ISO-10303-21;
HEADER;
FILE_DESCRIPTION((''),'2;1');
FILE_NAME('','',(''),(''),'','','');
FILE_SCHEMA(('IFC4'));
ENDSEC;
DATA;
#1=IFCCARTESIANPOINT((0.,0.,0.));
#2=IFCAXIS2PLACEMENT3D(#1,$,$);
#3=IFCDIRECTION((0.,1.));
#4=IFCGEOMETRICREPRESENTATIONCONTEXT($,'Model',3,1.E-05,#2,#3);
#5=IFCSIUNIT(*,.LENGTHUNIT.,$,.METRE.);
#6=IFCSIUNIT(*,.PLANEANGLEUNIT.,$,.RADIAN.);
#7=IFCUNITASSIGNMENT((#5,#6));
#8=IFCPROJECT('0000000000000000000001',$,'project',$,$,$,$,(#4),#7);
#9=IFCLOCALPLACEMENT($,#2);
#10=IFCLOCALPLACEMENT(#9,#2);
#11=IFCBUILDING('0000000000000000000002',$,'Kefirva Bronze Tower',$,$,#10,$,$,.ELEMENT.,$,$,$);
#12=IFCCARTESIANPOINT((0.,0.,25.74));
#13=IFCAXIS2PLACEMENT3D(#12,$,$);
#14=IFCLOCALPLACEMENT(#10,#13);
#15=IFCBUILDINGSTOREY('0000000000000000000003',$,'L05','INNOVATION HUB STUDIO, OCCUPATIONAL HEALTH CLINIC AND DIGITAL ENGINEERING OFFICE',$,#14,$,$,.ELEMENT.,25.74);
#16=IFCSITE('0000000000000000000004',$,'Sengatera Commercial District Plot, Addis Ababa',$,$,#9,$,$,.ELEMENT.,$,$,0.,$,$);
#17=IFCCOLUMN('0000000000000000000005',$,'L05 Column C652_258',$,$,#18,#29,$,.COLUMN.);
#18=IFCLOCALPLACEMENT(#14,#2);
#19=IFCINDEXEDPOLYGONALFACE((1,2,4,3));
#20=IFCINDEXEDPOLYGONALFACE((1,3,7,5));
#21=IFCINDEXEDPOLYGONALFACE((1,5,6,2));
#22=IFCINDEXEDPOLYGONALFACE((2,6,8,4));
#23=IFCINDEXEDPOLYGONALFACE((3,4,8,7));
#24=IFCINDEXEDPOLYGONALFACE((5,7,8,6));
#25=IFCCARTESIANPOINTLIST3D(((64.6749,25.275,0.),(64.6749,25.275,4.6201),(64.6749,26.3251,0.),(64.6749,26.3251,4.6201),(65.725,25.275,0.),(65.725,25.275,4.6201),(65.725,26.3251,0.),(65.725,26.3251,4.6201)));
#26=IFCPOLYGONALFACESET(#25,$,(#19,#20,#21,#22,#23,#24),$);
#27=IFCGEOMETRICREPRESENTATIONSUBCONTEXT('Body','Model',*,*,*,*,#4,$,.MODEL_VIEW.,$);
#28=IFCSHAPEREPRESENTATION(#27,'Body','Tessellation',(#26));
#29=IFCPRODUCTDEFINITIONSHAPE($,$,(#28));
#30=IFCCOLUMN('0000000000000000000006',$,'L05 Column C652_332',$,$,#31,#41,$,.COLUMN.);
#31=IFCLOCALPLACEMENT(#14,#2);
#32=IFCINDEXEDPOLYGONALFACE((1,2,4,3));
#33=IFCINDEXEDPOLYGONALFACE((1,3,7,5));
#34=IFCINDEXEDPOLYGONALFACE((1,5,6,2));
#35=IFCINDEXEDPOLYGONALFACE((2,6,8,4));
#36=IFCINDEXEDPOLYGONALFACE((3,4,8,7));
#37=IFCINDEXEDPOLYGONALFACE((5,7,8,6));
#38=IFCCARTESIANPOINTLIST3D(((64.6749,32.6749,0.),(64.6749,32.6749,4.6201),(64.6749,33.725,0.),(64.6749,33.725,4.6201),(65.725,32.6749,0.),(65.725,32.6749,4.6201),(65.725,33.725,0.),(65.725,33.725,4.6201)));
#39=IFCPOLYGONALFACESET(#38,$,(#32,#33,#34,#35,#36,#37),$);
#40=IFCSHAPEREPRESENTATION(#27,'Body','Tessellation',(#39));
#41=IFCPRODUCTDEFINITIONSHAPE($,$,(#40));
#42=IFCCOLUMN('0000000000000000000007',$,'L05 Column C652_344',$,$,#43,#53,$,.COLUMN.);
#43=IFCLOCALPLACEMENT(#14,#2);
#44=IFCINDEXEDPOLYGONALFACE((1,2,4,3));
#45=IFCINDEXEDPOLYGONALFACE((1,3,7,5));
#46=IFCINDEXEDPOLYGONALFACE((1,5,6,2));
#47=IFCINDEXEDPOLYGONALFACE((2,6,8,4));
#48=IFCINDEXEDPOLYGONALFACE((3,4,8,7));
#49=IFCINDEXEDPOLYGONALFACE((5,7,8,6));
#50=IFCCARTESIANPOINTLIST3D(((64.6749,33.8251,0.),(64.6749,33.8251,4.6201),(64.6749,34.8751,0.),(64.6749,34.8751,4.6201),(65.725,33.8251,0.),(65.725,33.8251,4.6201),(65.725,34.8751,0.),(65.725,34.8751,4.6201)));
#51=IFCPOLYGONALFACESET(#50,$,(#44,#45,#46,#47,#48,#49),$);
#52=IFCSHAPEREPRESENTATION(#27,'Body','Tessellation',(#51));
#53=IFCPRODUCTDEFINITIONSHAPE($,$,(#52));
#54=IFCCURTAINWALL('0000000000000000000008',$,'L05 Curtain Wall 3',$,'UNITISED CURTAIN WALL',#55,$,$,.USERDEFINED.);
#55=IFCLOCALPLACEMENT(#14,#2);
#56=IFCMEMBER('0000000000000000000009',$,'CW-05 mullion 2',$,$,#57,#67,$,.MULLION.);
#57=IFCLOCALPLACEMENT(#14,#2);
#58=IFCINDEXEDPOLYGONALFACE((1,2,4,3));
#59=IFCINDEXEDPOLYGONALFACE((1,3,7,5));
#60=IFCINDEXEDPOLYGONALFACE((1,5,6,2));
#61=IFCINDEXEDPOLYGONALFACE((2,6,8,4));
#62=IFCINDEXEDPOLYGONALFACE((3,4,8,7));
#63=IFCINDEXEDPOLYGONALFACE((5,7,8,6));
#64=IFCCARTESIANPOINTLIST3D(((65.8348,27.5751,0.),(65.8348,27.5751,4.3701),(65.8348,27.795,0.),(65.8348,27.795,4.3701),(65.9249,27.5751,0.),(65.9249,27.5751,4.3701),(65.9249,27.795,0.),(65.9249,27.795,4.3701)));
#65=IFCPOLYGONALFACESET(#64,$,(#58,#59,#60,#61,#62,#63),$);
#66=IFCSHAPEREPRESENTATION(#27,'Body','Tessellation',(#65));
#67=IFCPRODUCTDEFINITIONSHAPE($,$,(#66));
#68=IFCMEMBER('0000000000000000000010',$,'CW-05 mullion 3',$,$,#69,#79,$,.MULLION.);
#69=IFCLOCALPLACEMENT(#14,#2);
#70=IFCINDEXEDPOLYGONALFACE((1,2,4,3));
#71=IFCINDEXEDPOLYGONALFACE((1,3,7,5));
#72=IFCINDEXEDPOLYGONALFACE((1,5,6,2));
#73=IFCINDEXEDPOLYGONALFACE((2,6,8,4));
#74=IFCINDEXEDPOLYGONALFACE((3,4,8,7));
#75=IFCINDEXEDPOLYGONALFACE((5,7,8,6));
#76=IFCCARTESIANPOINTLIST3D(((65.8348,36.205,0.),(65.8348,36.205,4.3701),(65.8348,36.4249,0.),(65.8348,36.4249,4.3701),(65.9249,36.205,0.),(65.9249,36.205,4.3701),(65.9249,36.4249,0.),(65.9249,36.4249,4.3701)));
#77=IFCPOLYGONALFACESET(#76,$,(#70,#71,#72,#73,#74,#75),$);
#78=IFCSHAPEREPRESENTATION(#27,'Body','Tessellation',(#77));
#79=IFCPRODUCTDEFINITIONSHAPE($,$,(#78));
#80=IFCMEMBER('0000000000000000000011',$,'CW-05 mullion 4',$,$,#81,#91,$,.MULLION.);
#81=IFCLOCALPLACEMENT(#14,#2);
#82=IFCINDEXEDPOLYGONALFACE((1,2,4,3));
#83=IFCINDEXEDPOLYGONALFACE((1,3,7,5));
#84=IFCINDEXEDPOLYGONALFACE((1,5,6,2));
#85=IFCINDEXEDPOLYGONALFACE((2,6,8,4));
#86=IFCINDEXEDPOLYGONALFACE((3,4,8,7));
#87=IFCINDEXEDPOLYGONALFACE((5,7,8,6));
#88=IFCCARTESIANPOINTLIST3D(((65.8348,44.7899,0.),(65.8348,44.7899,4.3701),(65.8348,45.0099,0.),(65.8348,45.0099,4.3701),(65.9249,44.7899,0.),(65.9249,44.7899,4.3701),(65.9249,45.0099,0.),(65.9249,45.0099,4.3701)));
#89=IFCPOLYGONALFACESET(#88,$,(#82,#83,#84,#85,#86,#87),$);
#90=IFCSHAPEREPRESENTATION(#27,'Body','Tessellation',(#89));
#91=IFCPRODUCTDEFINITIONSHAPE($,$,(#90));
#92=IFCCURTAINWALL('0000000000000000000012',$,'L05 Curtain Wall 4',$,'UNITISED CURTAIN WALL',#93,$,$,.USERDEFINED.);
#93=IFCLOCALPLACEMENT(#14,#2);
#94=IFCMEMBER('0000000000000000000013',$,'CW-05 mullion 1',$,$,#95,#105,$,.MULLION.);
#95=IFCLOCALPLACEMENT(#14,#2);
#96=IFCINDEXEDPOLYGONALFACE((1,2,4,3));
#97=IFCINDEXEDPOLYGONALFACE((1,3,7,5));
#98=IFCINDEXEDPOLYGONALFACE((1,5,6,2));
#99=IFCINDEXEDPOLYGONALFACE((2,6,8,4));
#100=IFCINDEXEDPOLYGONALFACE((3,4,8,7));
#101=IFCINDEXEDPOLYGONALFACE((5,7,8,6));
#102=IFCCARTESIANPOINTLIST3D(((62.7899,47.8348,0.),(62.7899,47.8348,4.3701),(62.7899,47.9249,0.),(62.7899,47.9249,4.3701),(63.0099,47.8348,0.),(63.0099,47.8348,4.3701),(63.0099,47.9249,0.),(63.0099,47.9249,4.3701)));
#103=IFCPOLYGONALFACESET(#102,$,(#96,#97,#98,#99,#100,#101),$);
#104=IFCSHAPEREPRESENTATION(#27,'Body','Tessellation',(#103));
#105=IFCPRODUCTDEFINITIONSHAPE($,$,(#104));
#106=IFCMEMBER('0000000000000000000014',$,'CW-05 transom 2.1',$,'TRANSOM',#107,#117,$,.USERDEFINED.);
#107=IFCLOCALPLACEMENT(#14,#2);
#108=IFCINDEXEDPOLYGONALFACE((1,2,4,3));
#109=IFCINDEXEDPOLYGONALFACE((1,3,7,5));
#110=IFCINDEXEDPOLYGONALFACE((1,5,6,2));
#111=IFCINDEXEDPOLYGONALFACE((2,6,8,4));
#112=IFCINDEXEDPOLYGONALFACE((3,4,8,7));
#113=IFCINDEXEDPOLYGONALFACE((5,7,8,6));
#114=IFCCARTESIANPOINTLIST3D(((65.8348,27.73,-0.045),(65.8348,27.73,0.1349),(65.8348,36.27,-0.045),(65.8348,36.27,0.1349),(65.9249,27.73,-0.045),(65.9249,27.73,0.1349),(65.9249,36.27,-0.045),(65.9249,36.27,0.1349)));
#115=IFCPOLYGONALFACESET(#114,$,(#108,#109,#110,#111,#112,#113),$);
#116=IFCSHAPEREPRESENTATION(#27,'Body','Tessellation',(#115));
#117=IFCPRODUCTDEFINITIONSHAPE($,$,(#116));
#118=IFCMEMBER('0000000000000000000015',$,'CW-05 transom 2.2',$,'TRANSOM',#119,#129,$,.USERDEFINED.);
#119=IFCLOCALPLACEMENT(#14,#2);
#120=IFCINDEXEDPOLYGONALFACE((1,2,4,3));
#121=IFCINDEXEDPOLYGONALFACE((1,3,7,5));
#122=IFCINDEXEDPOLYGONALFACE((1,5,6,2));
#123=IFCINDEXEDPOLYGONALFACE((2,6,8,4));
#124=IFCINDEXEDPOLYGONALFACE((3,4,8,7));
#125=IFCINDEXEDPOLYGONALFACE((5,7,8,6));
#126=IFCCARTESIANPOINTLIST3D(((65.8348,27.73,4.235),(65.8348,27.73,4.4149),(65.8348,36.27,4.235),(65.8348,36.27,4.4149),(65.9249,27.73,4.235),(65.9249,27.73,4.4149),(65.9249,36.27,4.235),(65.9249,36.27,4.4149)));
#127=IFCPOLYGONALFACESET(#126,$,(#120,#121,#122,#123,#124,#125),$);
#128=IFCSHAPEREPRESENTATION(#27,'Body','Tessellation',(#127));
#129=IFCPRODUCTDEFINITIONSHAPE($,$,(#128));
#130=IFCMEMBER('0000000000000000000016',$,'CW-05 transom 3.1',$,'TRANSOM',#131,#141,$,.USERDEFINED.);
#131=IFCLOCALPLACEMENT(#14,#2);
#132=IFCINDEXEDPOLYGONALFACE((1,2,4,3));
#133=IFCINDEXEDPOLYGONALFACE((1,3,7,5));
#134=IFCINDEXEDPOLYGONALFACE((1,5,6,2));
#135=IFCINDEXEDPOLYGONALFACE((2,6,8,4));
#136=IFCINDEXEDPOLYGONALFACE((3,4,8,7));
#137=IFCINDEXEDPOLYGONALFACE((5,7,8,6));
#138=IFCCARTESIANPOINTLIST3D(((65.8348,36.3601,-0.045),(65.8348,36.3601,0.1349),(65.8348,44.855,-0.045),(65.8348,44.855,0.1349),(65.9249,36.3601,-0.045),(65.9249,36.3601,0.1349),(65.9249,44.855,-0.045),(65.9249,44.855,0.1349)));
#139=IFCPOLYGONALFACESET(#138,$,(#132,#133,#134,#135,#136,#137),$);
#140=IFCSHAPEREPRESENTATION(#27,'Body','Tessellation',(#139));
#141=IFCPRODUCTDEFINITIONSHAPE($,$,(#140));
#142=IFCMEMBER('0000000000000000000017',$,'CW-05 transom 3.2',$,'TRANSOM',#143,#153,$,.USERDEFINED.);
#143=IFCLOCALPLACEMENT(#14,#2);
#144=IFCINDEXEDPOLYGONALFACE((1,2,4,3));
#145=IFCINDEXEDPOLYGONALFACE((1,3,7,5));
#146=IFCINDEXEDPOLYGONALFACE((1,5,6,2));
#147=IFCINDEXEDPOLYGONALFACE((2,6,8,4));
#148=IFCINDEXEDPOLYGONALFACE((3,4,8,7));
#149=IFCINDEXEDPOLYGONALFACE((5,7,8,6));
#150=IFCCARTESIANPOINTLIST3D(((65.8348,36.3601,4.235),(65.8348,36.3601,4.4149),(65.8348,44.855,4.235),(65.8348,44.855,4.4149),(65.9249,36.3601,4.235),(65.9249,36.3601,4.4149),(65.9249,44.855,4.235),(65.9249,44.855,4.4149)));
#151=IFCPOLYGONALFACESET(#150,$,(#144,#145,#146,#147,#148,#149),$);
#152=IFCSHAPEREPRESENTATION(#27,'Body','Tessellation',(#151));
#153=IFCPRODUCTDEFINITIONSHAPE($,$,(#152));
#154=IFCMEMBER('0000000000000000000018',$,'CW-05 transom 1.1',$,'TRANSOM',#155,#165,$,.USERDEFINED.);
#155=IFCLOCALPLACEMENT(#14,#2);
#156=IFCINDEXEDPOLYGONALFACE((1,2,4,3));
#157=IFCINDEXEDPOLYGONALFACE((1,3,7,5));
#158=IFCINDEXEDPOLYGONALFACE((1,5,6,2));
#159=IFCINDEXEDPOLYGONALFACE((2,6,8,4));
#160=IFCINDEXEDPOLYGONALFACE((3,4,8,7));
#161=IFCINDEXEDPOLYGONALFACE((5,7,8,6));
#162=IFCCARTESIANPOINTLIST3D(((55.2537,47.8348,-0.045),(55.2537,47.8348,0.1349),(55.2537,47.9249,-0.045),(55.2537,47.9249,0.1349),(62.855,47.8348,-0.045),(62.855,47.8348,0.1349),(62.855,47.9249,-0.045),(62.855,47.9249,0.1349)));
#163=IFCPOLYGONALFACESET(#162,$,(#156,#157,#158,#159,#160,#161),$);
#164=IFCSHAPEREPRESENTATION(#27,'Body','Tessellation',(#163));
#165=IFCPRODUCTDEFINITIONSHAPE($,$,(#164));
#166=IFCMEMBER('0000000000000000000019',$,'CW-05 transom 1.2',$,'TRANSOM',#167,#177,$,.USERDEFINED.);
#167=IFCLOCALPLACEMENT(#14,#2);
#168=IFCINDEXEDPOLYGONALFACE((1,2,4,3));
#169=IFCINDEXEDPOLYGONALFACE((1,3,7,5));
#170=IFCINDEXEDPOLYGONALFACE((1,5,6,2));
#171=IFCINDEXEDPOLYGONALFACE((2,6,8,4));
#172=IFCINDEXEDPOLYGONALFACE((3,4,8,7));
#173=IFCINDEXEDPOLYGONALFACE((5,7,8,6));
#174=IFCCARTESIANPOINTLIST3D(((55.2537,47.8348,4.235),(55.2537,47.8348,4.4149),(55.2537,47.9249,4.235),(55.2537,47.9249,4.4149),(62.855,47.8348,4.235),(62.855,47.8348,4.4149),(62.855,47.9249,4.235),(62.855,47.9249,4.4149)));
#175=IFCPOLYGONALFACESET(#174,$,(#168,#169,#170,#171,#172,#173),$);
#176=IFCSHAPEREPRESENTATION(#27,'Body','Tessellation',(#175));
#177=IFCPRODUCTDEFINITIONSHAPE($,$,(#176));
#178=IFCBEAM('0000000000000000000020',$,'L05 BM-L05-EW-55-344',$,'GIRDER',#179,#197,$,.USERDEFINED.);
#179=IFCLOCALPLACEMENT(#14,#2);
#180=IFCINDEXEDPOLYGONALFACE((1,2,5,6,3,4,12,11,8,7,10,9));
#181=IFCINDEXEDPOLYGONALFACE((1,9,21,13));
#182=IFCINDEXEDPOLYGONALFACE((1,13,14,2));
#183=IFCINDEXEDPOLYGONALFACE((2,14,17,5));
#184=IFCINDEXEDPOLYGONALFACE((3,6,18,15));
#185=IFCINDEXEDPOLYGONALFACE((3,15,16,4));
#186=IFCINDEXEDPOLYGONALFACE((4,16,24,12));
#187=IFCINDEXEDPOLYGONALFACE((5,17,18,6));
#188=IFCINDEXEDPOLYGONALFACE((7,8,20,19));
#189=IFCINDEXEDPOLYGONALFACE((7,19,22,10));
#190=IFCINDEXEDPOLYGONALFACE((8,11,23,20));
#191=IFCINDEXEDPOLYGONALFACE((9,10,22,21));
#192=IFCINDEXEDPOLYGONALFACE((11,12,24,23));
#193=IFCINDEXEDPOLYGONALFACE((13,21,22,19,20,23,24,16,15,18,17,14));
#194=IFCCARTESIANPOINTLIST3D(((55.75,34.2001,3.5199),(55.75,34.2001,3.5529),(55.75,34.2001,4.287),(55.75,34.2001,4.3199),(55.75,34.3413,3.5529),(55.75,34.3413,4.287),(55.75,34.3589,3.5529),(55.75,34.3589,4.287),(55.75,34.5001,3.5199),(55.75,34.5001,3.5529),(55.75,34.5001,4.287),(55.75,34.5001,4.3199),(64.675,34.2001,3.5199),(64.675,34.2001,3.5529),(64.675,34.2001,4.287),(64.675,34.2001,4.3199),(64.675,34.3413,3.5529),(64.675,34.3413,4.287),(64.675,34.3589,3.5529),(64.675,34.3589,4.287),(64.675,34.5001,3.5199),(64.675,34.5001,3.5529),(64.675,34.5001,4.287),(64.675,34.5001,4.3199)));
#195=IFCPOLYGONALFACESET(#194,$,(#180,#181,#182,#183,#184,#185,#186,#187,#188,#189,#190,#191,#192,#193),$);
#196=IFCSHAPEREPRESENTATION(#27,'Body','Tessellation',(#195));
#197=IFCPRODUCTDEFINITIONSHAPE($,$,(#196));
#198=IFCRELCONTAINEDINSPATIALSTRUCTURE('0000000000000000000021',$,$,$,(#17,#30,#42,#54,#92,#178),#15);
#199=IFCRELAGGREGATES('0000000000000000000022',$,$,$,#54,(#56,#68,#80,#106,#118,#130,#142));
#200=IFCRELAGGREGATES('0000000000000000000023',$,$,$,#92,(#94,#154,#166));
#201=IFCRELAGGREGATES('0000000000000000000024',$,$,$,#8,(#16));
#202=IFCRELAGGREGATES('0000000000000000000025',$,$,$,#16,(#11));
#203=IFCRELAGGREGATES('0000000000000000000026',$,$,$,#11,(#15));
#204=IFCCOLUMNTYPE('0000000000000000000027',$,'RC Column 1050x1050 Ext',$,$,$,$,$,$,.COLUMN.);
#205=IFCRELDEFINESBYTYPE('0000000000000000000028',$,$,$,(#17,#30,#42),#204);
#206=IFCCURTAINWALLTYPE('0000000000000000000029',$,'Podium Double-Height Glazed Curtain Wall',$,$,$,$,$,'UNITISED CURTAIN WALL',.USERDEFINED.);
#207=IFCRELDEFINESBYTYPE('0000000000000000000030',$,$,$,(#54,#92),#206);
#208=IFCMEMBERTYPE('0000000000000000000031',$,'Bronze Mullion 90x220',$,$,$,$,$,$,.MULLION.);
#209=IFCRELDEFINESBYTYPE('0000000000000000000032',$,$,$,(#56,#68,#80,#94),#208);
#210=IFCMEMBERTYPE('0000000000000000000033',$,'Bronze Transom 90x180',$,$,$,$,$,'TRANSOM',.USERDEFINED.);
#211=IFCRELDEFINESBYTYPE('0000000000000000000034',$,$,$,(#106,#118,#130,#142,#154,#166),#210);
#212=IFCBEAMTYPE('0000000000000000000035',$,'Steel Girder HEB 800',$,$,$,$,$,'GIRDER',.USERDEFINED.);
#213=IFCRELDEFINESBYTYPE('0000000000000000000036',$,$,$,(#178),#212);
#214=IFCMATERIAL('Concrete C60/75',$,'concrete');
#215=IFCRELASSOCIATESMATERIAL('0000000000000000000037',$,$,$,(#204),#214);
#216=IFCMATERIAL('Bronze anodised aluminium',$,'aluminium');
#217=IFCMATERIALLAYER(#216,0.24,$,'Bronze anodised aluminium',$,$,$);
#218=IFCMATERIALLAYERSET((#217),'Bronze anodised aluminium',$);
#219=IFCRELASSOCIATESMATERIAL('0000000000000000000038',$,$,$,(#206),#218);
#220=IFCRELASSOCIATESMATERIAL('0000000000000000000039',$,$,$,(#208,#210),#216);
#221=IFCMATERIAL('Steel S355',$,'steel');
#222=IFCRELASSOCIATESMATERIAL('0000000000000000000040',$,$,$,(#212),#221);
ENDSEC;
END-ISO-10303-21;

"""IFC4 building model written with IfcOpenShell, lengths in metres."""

from ifc_helpers import new_model, si_unit, direction, frame, origin, origin_2d, place, context, subcontext, project, spatial, rectangle, i_section, extrude, material, layer, layer_set, material_profile, profile_set, type_object, element, aggregate, save


model = new_model("IFC4")

# Units and contexts
model_context = context("Model", 3, precision=1e-05, world=origin(), true_north=direction((0.0, 1.0)))
body_context = subcontext(model_context, "Body", "Model", "MODEL_VIEW")
ifc_project = project(units=[si_unit("LENGTHUNIT", "METRE"), si_unit("PLANEANGLEUNIT", "RADIAN")], contexts=[model_context])

# Site, building, storey
site_placement = place(None, origin())
site = spatial("IfcSite", under=ifc_project, at=site_placement, Name="Sengatera Commercial District Plot, Addis Ababa", CompositionType="ELEMENT", RefElevation=0.0)
building_placement = place(site_placement, origin())
building = spatial("IfcBuilding", under=site, at=building_placement, Name="Kefirva Bronze Tower", CompositionType="ELEMENT")
storey_placement = place(building_placement, frame((0.0, 0.0, 25.74)))
storey = spatial("IfcBuildingStorey", under=building, at=storey_placement, Name="L05", Description="INNOVATION HUB STUDIO, OCCUPATIONAL HEALTH CLINIC AND DIGITAL ENGINEERING OFFICE", CompositionType="ELEMENT", Elevation=25.74)

# Columns
ifc_material_1 = material(Name="Concrete C60/75", Category="concrete")
ifc_material_profile_1 = material_profile(ifc_material_1, rectangle(XDim=1.05, YDim=1.05, at=origin_2d()), Name="RC 1050x1050")
ifc_profile_set_1 = profile_set([ifc_material_profile_1], Name="Concrete C60/75")
column_type = type_object("IfcColumnType", Name="RC Column 1050x1050 Ext", PredefinedType="COLUMN", material=ifc_profile_set_1)
for number, where, z_axis, x_axis, name in (
    (1, (65.2, 25.8, 0.0), (0.0, 0.0, 1.0), (1.0, 0.0, 0.0), "L05 Column C652_258"),
    (2, (65.2, 33.2, 0.0), (0.0, 0.0, 1.0), (1.0, 0.0, 0.0), "L05 Column C652_332"),
    (3, (65.2, 34.3501, 0.0), (0.0, 0.0, 1.0), (1.0, 0.0, 0.0), "L05 Column C652_344"),
):
    element("IfcColumn", number, at=place(storey_placement, frame(where, z_axis=z_axis, x_axis=x_axis)), inside=storey, type_object=column_type, Name=name, PredefinedType="COLUMN", context=body_context, shape_type="SweptSolid", body=[
        extrude(rectangle(XDim=1.05, YDim=1.05, at=origin_2d()), origin(), (0.0, 0.0, 1.0), 4.6201),
    ])

# Curtain wall, members
ifc_material_2 = material(Name="Bronze anodised aluminium", Category="aluminium")
ifc_layer_1 = layer(ifc_material_2, 0.24, Name="Bronze anodised aluminium")
ifc_layer_set_1 = layer_set([ifc_layer_1], Name="Bronze anodised aluminium")
curtain_wall_type = type_object("IfcCurtainWallType", Name="Podium Double-Height Glazed Curtain Wall", ElementType="UNITISED CURTAIN WALL", PredefinedType="USERDEFINED", material=ifc_layer_set_1)
curtain_wall_1_placement = place(storey_placement, origin())
curtain_wall_1 = element("IfcCurtainWall", 4, at=curtain_wall_1_placement, inside=storey, type_object=curtain_wall_type, Name="L05 Curtain Wall 3", ObjectType="UNITISED CURTAIN WALL", PredefinedType="USERDEFINED")
ifc_material_profile_2 = material_profile(ifc_material_2, rectangle(XDim=0.0901, YDim=0.22, at=origin_2d()), Name="ALU 90x220")
ifc_profile_set_2 = profile_set([ifc_material_profile_2], Name="Bronze anodised aluminium")
member_type_1 = type_object("IfcMemberType", Name="Bronze Mullion 90x220", PredefinedType="MULLION", material=ifc_profile_set_2)
member_1_placement = place(storey_placement, frame((65.8799, 27.6851, 0.0), z_axis=(0.0, 0.0, 1.0), x_axis=(-1.0, 0.0, 0.0)))
member_1 = element("IfcMember", 5, at=member_1_placement, type_object=member_type_1, Name="CW-05 mullion 2", PredefinedType="MULLION", context=body_context, shape_type="SweptSolid", body=[
    extrude(rectangle(XDim=0.0901, YDim=0.22, at=origin_2d()), origin(), (0.0, 0.0, 1.0), 4.3701),
])
member_2_placement = place(storey_placement, frame((65.8799, 36.3149, 0.0), z_axis=(0.0, 0.0, 1.0), x_axis=(-1.0, 0.0, 0.0)))
member_2 = element("IfcMember", 6, at=member_2_placement, type_object=member_type_1, Name="CW-05 mullion 3", PredefinedType="MULLION", context=body_context, shape_type="SweptSolid", body=[
    extrude(rectangle(XDim=0.0901, YDim=0.22, at=origin_2d()), origin(), (0.0, 0.0, 1.0), 4.3701),
])
member_3_placement = place(storey_placement, frame((65.8799, 44.8999, 0.0), z_axis=(0.0, 0.0, 1.0), x_axis=(-1.0, 0.0, 0.0)))
member_3 = element("IfcMember", 7, at=member_3_placement, type_object=member_type_1, Name="CW-05 mullion 4", PredefinedType="MULLION", context=body_context, shape_type="SweptSolid", body=[
    extrude(rectangle(XDim=0.0901, YDim=0.22, at=origin_2d()), origin(), (0.0, 0.0, 1.0), 4.3701),
])

# Curtain wall, member
curtain_wall_2_placement = place(storey_placement, origin())
curtain_wall_2 = element("IfcCurtainWall", 8, at=curtain_wall_2_placement, inside=storey, type_object=curtain_wall_type, Name="L05 Curtain Wall 4", ObjectType="UNITISED CURTAIN WALL", PredefinedType="USERDEFINED")
member_4_placement = place(storey_placement, frame((62.8999, 47.8799, 0.0), z_axis=(0.0, 0.0, 1.0), x_axis=(0.0, -1.0, 0.0)))
member_4 = element("IfcMember", 9, at=member_4_placement, type_object=member_type_1, Name="CW-05 mullion 1", PredefinedType="MULLION", context=body_context, shape_type="SweptSolid", body=[
    extrude(rectangle(XDim=0.0901, YDim=0.22, at=origin_2d()), origin(), (0.0, 0.0, 1.0), 4.3701),
])

# Members
ifc_material_profile_3 = material_profile(ifc_material_2, rectangle(XDim=0.0901, YDim=0.1799, at=origin_2d()), Name="ALU 90x180")
ifc_profile_set_3 = profile_set([ifc_material_profile_3], Name="Bronze anodised aluminium")
member_type_2 = type_object("IfcMemberType", Name="Bronze Transom 90x180", ElementType="TRANSOM", PredefinedType="USERDEFINED", material=ifc_profile_set_3)
member_5_placement = place(storey_placement, frame((65.8799, 27.73, 0.0449), z_axis=(0.0, 1.0, 0.0), x_axis=(-1.0, 0.0, 0.0)))
member_5 = element("IfcMember", 10, at=member_5_placement, type_object=member_type_2, Name="CW-05 transom 2.1", ObjectType="TRANSOM", PredefinedType="USERDEFINED", context=body_context, shape_type="SweptSolid", body=[
    extrude(rectangle(XDim=0.0901, YDim=0.1799, at=origin_2d()), origin(), (0.0, 0.0, 1.0), 8.54),
])
member_6_placement = place(storey_placement, frame((65.8799, 27.73, 4.325), z_axis=(0.0, 1.0, 0.0), x_axis=(-1.0, 0.0, 0.0)))
member_6 = element("IfcMember", 11, at=member_6_placement, type_object=member_type_2, Name="CW-05 transom 2.2", ObjectType="TRANSOM", PredefinedType="USERDEFINED", context=body_context, shape_type="SweptSolid", body=[
    extrude(rectangle(XDim=0.0901, YDim=0.1799, at=origin_2d()), origin(), (0.0, 0.0, 1.0), 8.54),
])
member_7_placement = place(storey_placement, frame((65.8799, 36.3601, 0.0449), z_axis=(0.0, 1.0, 0.0), x_axis=(-1.0, 0.0, 0.0)))
member_7 = element("IfcMember", 12, at=member_7_placement, type_object=member_type_2, Name="CW-05 transom 3.1", ObjectType="TRANSOM", PredefinedType="USERDEFINED", context=body_context, shape_type="SweptSolid", body=[
    extrude(rectangle(XDim=0.0901, YDim=0.1799, at=origin_2d()), origin(), (0.0, 0.0, 1.0), 8.4949),
])
member_8_placement = place(storey_placement, frame((65.8799, 36.3601, 4.325), z_axis=(0.0, 1.0, 0.0), x_axis=(-1.0, 0.0, 0.0)))
member_8 = element("IfcMember", 13, at=member_8_placement, type_object=member_type_2, Name="CW-05 transom 3.2", ObjectType="TRANSOM", PredefinedType="USERDEFINED", context=body_context, shape_type="SweptSolid", body=[
    extrude(rectangle(XDim=0.0901, YDim=0.1799, at=origin_2d()), origin(), (0.0, 0.0, 1.0), 8.4949),
])
member_9_placement = place(storey_placement, frame((62.855, 47.8799, 0.0449), z_axis=(-1.0, 0.0, 0.0), x_axis=(0.0, -1.0, 0.0)))
member_9 = element("IfcMember", 14, at=member_9_placement, type_object=member_type_2, Name="CW-05 transom 1.1", ObjectType="TRANSOM", PredefinedType="USERDEFINED", context=body_context, shape_type="SweptSolid", body=[
    extrude(rectangle(XDim=0.0901, YDim=0.1799, at=origin_2d()), origin(), (0.0, 0.0, 1.0), 7.6013),
])
member_10_placement = place(storey_placement, frame((62.855, 47.8799, 4.325), z_axis=(-1.0, 0.0, 0.0), x_axis=(0.0, -1.0, 0.0)))
member_10 = element("IfcMember", 15, at=member_10_placement, type_object=member_type_2, Name="CW-05 transom 1.2", ObjectType="TRANSOM", PredefinedType="USERDEFINED", context=body_context, shape_type="SweptSolid", body=[
    extrude(rectangle(XDim=0.0901, YDim=0.1799, at=origin_2d()), origin(), (0.0, 0.0, 1.0), 7.6013),
])

# Beam
ifc_material_3 = material(Name="Steel S355", Category="steel")
ifc_material_profile_4 = material_profile(ifc_material_3, i_section(OverallWidth=0.3, OverallDepth=0.8, WebThickness=0.0176, FlangeThickness=0.033, at=origin_2d()), Name="HEB 800")
ifc_profile_set_4 = profile_set([ifc_material_profile_4], Name="Steel S355")
beam_type_1 = type_object("IfcBeamType", Name="Steel Girder HEB 800", ElementType="GIRDER", PredefinedType="USERDEFINED", material=ifc_profile_set_4)
beam_1_placement = place(storey_placement, frame((55.75, 34.3501, 3.9199), z_axis=(1.0, 0.0, 0.0), x_axis=(0.0, 1.0, 0.0)))
element("IfcBeam", 16, at=beam_1_placement, inside=storey, type_object=beam_type_1, Name="L05 BM-L05-EW-55-344", ObjectType="GIRDER", PredefinedType="USERDEFINED", context=body_context, shape_type="SweptSolid", body=[
    extrude(i_section(OverallWidth=0.3, OverallDepth=0.8, WebThickness=0.0176, FlangeThickness=0.033, at=origin_2d()), origin(), (0.0, 0.0, 1.0), 8.925),
])

aggregate(curtain_wall_1, [member_1, member_2, member_3, member_5, member_6, member_7, member_8])
aggregate(curtain_wall_2, [member_4, member_9, member_10])

save(model, "model.ifc")
